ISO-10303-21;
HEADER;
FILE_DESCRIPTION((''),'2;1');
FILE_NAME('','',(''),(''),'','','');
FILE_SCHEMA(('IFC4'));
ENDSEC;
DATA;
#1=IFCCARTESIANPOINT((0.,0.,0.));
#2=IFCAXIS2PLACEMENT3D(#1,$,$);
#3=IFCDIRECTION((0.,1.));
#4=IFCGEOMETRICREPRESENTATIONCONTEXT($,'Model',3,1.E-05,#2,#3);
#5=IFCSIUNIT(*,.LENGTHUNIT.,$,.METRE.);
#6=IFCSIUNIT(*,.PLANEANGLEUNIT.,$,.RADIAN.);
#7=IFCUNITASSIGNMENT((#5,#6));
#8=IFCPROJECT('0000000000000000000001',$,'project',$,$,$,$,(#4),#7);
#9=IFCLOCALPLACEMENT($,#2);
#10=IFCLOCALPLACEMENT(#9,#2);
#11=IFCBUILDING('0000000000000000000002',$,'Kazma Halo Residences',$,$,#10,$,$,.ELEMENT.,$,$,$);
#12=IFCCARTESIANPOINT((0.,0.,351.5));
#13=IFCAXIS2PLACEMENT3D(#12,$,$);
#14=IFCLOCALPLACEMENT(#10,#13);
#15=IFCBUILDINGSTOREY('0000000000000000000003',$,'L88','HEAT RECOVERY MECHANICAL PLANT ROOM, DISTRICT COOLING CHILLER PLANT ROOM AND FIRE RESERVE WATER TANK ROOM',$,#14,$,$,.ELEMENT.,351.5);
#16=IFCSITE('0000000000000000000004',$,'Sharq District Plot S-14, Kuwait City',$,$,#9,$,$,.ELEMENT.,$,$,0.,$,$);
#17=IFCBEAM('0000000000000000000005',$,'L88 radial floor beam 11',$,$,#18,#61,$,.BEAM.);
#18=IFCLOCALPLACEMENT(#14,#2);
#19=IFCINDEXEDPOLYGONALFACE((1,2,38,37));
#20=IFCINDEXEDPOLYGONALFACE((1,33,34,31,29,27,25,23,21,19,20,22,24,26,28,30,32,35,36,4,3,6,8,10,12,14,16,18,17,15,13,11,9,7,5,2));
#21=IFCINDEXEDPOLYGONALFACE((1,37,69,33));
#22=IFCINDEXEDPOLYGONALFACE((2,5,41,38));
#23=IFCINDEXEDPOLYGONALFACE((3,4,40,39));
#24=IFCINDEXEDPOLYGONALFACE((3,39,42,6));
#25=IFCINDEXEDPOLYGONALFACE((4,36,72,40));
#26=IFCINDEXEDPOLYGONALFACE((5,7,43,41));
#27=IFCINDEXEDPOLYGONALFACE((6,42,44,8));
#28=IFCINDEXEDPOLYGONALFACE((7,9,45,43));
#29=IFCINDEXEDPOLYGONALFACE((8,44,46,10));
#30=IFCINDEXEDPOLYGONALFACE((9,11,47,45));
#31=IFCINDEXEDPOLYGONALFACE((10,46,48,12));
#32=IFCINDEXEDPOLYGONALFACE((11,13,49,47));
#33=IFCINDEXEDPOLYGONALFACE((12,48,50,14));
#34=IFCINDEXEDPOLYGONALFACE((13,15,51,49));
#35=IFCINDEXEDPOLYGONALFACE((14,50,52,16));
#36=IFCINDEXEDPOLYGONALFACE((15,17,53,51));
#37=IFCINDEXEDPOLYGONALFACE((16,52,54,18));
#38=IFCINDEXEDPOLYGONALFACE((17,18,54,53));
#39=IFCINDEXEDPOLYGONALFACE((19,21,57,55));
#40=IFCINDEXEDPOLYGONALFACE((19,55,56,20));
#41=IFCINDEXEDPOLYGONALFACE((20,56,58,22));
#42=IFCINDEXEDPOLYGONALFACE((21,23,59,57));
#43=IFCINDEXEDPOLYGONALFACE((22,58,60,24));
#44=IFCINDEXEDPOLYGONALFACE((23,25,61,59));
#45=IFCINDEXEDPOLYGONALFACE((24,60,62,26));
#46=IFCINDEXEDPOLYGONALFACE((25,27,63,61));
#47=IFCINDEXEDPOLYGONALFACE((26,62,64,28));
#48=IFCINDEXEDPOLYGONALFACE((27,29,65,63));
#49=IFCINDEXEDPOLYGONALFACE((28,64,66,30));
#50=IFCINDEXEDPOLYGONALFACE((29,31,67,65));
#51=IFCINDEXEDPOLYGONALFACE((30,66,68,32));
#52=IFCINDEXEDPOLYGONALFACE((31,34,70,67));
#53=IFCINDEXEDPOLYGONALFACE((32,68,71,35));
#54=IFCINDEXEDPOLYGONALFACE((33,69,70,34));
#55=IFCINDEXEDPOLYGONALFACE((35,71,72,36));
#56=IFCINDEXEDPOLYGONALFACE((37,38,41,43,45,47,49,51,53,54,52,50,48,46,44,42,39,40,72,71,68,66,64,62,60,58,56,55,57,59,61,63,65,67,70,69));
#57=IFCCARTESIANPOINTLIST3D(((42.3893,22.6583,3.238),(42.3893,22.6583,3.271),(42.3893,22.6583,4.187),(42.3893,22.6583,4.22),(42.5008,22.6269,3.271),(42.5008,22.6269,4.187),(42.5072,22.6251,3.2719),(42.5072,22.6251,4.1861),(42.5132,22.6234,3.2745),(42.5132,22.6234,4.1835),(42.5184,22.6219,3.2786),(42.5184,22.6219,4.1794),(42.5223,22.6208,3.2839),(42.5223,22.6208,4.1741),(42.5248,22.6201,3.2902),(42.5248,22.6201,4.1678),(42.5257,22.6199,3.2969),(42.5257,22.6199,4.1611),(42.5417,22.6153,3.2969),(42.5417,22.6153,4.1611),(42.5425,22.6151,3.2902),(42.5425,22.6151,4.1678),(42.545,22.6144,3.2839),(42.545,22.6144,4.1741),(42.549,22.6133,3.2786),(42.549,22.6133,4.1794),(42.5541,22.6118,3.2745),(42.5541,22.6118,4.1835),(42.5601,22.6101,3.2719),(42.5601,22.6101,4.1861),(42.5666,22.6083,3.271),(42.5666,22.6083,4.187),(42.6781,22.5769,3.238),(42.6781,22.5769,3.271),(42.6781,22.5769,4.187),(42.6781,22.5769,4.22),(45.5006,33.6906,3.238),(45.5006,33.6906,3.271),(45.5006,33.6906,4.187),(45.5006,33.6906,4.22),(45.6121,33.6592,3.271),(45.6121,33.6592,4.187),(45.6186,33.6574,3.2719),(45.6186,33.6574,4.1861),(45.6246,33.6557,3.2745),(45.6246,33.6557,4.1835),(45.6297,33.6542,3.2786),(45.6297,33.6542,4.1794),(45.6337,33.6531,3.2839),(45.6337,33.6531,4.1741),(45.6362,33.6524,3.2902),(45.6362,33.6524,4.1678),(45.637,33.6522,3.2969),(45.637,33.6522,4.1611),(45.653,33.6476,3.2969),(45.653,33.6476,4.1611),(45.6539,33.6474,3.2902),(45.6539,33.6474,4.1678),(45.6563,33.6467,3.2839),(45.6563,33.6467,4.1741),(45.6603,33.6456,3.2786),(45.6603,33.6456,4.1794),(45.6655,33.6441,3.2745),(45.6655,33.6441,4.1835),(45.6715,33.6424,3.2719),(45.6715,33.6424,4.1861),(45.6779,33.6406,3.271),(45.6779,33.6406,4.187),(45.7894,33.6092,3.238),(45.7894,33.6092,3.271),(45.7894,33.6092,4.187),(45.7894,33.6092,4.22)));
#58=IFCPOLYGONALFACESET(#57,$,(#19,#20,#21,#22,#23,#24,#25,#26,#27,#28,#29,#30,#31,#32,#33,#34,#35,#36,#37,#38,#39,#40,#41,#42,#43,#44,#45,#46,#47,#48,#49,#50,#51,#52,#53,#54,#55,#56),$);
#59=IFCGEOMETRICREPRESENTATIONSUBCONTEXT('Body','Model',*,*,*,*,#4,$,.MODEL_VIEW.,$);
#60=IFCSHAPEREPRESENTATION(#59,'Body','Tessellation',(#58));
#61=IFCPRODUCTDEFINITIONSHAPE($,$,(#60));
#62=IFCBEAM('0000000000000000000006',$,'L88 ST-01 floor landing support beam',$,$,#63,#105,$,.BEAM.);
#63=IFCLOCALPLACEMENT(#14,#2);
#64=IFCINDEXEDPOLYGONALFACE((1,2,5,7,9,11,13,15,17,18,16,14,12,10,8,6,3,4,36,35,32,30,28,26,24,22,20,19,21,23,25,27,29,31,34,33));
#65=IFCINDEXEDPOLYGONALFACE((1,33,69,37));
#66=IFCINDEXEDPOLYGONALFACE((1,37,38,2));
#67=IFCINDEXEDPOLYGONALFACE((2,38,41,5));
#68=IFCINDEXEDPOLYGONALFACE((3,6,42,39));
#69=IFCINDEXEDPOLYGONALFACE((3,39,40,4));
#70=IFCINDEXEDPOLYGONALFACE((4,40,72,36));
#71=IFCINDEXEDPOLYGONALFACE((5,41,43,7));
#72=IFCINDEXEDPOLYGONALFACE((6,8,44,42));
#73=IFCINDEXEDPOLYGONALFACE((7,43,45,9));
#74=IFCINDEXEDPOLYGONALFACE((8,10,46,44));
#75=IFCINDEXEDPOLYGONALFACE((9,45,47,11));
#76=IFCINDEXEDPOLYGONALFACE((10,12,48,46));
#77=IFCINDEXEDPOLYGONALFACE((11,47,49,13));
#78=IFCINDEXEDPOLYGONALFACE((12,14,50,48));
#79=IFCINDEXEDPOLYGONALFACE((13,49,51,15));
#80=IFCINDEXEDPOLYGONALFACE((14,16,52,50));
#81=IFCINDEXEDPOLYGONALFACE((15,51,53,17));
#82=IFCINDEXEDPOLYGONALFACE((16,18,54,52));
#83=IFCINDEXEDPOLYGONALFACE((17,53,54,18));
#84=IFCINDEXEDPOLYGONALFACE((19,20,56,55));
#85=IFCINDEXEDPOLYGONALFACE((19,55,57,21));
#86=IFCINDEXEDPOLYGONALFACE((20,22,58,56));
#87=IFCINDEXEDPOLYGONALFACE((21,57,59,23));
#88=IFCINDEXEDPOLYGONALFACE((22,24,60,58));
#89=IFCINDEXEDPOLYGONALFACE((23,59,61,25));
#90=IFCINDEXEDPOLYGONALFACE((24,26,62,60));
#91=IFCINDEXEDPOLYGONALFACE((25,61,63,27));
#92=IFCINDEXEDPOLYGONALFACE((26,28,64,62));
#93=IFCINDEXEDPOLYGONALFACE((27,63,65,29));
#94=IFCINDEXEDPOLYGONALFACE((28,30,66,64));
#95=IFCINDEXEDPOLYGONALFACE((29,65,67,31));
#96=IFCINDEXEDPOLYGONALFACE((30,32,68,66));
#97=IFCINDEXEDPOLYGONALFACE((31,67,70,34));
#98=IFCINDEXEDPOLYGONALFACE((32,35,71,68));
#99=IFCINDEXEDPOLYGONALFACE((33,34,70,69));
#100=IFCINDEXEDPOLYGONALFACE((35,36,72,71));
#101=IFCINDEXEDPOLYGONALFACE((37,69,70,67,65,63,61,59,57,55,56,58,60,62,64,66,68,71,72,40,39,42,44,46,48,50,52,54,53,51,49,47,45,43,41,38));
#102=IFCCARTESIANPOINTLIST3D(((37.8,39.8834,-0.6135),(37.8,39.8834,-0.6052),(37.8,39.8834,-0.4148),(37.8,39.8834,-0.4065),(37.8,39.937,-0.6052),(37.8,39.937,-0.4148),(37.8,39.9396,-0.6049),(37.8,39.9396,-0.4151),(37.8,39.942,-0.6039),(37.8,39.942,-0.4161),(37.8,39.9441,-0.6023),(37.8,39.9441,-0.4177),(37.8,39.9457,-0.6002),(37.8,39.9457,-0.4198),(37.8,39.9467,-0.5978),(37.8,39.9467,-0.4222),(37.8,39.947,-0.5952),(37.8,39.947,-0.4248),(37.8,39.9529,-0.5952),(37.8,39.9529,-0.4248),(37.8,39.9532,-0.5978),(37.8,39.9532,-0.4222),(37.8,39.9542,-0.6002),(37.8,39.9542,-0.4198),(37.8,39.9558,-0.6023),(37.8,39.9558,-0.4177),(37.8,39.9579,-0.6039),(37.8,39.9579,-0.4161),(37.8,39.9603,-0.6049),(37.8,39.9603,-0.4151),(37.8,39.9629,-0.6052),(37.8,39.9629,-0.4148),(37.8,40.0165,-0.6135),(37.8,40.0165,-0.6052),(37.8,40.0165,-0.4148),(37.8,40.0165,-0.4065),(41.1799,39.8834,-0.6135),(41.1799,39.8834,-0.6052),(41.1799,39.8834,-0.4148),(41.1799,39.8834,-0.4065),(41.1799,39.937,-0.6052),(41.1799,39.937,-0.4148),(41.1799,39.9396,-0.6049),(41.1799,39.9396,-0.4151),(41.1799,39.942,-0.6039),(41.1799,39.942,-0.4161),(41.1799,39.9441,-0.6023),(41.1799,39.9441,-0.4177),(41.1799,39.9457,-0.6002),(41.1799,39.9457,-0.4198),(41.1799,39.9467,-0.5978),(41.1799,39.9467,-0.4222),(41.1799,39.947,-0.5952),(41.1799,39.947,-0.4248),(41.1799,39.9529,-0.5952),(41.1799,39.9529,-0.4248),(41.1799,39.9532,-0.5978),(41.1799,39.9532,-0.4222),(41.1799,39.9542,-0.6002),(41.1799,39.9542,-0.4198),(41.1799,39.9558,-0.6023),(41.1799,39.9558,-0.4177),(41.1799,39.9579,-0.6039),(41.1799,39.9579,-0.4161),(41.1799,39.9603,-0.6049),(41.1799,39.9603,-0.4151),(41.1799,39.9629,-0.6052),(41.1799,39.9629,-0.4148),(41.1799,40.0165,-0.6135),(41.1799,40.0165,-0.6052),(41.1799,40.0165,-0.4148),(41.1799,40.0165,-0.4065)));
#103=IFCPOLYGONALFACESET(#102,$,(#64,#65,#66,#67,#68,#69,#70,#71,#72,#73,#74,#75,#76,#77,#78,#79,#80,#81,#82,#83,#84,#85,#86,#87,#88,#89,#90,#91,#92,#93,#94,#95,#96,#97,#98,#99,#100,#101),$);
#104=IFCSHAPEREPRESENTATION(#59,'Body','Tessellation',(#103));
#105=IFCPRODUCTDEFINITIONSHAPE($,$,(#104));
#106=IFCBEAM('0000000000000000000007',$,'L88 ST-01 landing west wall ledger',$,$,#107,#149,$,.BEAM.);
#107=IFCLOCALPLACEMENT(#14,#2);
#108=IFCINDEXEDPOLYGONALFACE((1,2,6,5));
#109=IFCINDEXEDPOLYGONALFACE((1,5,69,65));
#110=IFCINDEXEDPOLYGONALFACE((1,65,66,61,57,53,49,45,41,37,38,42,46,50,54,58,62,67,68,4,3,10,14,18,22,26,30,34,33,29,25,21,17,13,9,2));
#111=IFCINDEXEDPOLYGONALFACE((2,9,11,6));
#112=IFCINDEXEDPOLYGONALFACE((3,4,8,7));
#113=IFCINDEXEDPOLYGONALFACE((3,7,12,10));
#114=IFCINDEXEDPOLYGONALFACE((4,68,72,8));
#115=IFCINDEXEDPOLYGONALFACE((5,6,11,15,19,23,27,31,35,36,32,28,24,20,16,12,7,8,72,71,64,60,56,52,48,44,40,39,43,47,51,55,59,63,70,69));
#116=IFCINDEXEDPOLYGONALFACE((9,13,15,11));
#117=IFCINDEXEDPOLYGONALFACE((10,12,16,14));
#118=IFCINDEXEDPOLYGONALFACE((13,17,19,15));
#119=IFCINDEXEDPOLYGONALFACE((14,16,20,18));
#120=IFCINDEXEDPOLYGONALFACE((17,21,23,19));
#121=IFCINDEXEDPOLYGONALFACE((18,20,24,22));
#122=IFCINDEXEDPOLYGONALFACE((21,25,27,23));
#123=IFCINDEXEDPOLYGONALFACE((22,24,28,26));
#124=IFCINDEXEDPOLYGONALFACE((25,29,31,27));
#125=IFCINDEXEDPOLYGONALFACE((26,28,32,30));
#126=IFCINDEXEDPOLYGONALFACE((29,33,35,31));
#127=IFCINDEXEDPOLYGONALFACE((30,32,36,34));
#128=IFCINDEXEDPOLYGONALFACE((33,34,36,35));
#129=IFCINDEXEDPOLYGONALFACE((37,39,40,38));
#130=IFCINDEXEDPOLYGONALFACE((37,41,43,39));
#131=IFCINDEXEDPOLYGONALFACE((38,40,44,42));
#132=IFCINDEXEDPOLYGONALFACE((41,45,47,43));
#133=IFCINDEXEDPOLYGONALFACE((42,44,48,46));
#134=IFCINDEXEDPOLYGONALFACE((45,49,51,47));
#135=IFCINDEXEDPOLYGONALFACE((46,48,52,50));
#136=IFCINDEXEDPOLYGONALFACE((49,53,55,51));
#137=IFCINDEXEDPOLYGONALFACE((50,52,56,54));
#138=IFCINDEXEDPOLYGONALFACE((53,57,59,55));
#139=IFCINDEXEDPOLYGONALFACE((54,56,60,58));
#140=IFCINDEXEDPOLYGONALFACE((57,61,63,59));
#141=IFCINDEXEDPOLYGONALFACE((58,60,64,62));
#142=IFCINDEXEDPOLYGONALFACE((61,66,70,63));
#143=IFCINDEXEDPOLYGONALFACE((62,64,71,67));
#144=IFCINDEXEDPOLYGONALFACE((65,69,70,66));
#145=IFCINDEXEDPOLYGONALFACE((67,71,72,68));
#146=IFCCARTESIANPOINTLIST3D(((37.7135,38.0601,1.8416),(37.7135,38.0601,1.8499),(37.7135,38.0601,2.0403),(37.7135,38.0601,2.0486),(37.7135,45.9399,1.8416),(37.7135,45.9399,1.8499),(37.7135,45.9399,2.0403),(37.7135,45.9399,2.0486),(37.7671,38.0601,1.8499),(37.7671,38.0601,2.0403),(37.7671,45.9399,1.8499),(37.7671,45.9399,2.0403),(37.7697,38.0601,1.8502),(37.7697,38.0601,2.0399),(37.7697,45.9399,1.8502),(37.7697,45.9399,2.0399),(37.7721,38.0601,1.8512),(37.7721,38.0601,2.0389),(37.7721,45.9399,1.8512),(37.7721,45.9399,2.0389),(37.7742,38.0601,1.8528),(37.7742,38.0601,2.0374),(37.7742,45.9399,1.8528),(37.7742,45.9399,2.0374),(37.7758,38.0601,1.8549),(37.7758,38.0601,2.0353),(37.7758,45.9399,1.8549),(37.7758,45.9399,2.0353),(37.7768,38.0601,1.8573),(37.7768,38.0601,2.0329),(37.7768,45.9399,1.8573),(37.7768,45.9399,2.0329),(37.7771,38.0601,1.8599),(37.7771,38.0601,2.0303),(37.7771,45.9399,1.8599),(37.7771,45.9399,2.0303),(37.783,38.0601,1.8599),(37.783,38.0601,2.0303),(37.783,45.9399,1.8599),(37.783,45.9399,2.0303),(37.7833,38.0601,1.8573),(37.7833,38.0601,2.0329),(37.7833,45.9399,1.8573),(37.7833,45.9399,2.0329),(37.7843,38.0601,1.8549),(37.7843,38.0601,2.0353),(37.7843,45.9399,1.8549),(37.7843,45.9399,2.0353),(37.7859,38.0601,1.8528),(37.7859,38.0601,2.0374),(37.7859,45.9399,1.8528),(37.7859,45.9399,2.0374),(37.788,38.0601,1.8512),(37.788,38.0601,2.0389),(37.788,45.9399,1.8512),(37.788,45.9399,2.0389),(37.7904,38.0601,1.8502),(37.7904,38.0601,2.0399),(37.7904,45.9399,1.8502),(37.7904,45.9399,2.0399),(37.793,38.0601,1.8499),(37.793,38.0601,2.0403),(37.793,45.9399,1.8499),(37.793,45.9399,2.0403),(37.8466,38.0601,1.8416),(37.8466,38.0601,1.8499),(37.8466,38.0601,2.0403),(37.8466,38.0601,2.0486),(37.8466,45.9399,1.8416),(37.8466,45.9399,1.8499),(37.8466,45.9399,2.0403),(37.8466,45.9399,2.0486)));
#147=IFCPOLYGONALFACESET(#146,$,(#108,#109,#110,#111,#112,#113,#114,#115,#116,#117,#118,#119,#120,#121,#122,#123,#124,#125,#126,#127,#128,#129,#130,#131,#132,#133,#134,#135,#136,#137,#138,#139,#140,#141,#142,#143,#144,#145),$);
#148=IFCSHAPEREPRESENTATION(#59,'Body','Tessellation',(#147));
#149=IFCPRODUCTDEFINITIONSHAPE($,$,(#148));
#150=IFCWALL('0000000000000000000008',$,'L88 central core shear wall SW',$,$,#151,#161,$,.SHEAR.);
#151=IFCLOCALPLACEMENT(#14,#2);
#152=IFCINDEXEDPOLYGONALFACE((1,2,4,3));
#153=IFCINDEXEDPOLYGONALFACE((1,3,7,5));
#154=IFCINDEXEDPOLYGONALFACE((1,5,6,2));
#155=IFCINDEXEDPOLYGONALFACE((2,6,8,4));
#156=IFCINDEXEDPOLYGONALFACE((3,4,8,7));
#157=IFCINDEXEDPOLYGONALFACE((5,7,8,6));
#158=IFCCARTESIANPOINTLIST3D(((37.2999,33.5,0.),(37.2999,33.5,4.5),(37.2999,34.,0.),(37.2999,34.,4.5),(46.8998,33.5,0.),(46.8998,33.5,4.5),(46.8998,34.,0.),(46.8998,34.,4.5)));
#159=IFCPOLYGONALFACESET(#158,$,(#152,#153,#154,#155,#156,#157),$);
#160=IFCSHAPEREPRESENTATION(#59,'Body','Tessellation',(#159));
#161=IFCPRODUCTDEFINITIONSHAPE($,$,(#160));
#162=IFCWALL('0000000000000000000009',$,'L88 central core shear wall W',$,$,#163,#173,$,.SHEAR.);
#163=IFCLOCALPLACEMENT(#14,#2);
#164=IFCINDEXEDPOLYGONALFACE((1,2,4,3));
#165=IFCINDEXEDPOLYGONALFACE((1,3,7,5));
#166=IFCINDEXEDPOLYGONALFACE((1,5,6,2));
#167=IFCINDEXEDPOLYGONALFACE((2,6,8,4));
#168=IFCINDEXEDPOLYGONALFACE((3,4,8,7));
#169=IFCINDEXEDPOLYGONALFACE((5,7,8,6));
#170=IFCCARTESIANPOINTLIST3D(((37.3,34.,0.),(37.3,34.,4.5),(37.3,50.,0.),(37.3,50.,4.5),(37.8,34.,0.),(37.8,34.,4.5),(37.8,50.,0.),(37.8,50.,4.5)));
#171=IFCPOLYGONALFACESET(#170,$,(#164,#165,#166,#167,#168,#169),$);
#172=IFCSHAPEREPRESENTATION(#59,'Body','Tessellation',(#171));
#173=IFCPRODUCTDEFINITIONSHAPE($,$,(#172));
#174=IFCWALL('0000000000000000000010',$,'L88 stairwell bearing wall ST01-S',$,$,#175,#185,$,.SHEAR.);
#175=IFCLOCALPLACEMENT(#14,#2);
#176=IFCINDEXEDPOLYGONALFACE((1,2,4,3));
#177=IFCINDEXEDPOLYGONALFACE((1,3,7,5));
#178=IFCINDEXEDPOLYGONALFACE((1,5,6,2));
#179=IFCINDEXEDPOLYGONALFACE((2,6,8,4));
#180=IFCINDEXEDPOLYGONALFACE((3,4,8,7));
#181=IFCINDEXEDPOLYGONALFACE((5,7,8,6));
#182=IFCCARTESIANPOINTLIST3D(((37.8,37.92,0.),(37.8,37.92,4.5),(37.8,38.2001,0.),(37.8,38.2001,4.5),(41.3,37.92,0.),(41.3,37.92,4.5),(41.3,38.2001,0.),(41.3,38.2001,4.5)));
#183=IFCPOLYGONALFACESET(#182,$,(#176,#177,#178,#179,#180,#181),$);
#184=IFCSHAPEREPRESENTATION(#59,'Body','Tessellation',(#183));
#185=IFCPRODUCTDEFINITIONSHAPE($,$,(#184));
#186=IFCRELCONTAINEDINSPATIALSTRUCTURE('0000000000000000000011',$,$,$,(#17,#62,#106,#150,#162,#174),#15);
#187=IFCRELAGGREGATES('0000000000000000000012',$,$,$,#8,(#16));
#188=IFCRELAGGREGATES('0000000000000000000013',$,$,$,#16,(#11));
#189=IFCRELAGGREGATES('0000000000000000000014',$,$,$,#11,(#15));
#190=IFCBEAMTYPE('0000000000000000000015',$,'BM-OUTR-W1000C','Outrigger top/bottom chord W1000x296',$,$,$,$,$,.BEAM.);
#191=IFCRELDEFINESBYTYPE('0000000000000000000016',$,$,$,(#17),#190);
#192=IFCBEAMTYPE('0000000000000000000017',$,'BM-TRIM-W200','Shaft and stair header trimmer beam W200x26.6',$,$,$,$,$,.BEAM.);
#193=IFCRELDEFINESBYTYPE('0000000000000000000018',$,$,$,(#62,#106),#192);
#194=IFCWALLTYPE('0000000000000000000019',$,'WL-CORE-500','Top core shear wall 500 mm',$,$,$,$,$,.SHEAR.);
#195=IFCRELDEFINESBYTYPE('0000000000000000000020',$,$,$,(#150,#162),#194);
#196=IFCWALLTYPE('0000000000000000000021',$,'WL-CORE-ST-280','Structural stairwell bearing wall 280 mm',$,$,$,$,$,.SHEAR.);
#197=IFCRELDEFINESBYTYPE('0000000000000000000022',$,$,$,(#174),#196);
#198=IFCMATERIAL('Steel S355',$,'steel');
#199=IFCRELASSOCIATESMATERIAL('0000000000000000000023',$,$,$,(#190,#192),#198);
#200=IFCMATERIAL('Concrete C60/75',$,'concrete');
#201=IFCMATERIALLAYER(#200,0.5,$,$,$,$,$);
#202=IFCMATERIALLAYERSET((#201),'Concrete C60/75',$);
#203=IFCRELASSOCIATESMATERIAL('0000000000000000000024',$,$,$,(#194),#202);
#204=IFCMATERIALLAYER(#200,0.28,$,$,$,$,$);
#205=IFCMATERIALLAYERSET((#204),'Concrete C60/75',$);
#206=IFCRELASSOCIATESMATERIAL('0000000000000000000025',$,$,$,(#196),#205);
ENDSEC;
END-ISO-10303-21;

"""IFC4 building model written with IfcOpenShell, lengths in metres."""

from ifc_helpers import new_model, si_unit, direction, frame, frame_2d, origin, origin_2d, place, context, subcontext, project, spatial, rectangle, i_section, extrude, material, layer, layer_set, material_profile, profile_set, type_object, element, save


model = new_model("IFC4")

# Units and contexts
model_context = context("Model", 3, precision=1e-05, world=origin(), true_north=direction((0.0, 1.0)))
body_context = subcontext(model_context, "Body", "Model", "MODEL_VIEW")
ifc_project = project(units=[si_unit("LENGTHUNIT", "METRE"), si_unit("PLANEANGLEUNIT", "RADIAN")], contexts=[model_context])

# Site, building, storey
site_placement = place(None, origin())
site = spatial("IfcSite", under=ifc_project, at=site_placement, Name="Sharq District Plot S-14, Kuwait City", CompositionType="ELEMENT", RefElevation=0.0)
building_placement = place(site_placement, origin())
building = spatial("IfcBuilding", under=site, at=building_placement, Name="Kazma Halo Residences", CompositionType="ELEMENT")
storey_placement = place(building_placement, frame((0.0, 0.0, 351.5)))
storey = spatial("IfcBuildingStorey", under=building, at=storey_placement, Name="L88", Description="HEAT RECOVERY MECHANICAL PLANT ROOM, DISTRICT COOLING CHILLER PLANT ROOM AND FIRE RESERVE WATER TANK ROOM", CompositionType="ELEMENT", Elevation=351.5)

# Beams
ifc_material_1 = material(Name="Steel S355", Category="steel")
ifc_material_profile_1 = material_profile(ifc_material_1, i_section(OverallWidth=0.3, OverallDepth=0.9819, WebThickness=0.0166, FlangeThickness=0.033, FilletRadius=0.0259, at=origin_2d()), Name="W1000x296")
ifc_profile_set_1 = profile_set([ifc_material_profile_1], Name="Steel S355")
beam_type_1 = type_object("IfcBeamType", Name="BM-OUTR-W1000C", Description="Outrigger top/bottom chord W1000x296", PredefinedType="BEAM", material=ifc_profile_set_1)
beam_1_placement = place(storey_placement, frame((45.645, 33.6499, 3.729), z_axis=(-0.271434, -0.962457, 0.0), x_axis=(0.962457, -0.271434, 0.0)))
element("IfcBeam", 1, at=beam_1_placement, inside=storey, type_object=beam_type_1, Name="L88 radial floor beam 11", PredefinedType="BEAM", context=body_context, shape_type="SweptSolid", body=[
    extrude(i_section(OverallWidth=0.3, OverallDepth=0.9819, WebThickness=0.0166, FlangeThickness=0.033, FilletRadius=0.0259, at=origin_2d()), origin(), (0.0, 0.0, 1.0), 11.4626),
])
ifc_material_profile_2 = material_profile(ifc_material_1, i_section(OverallWidth=0.1331, OverallDepth=0.207, WebThickness=0.0059, FlangeThickness=0.0083, FilletRadius=0.01, at=origin_2d()), Name="W200x26.6")
ifc_profile_set_2 = profile_set([ifc_material_profile_2], Name="Steel S355")
beam_type_2 = type_object("IfcBeamType", Name="BM-TRIM-W200", Description="Shaft and stair header trimmer beam W200x26.6", PredefinedType="BEAM", material=ifc_profile_set_2)
beam_2_placement = place(storey_placement, frame((37.8, 39.95, -0.51), z_axis=(1.0, 0.0, 0.0), x_axis=(0.0, 1.0, 0.0)))
element("IfcBeam", 2, at=beam_2_placement, inside=storey, type_object=beam_type_2, Name="L88 ST-01 floor landing support beam", PredefinedType="BEAM", context=body_context, shape_type="SweptSolid", body=[
    extrude(i_section(OverallWidth=0.1331, OverallDepth=0.207, WebThickness=0.0059, FlangeThickness=0.0083, FilletRadius=0.01, at=origin_2d()), origin(), (0.0, 0.0, 1.0), 3.3799),
])
beam_3_placement = place(storey_placement, frame((37.78, 38.0601, 1.9451), z_axis=(0.0, 1.0, 0.0), x_axis=(-1.0, 0.0, 0.0)))
element("IfcBeam", 3, at=beam_3_placement, inside=storey, type_object=beam_type_2, Name="L88 ST-01 landing west wall ledger", PredefinedType="BEAM", context=body_context, shape_type="SweptSolid", body=[
    extrude(i_section(OverallWidth=0.1331, OverallDepth=0.207, WebThickness=0.0059, FlangeThickness=0.0083, FilletRadius=0.01, at=origin_2d()), origin(), (0.0, 0.0, 1.0), 7.8799),
])

# Walls
ifc_material_2 = material(Name="Concrete C60/75", Category="concrete")
ifc_layer_1 = layer(ifc_material_2, 0.5)
ifc_layer_set_1 = layer_set([ifc_layer_1], Name="Concrete C60/75")
wall_type_1 = type_object("IfcWallType", Name="WL-CORE-500", Description="Top core shear wall 500 mm", PredefinedType="SHEAR", material=ifc_layer_set_1)
wall_1_placement = place(storey_placement, frame((37.3, 33.75, 0.0), z_axis=(0.0, 0.0, 1.0), x_axis=(1.0, 0.0, 0.0)))
element("IfcWall", 4, at=wall_1_placement, inside=storey, type_object=wall_type_1, Name="L88 central core shear wall SW", PredefinedType="SHEAR", context=body_context, shape_type="SweptSolid", body=[
    extrude(rectangle(XDim=9.5999, YDim=0.5, at=frame_2d((4.7998, 0.0))), origin(), (0.0, 0.0, 1.0), 4.5),
])
wall_2_placement = place(storey_placement, frame((37.55, 34.0, 0.0), z_axis=(0.0, 0.0, 1.0), x_axis=(0.0, 1.0, 0.0)))
element("IfcWall", 5, at=wall_2_placement, inside=storey, type_object=wall_type_1, Name="L88 central core shear wall W", PredefinedType="SHEAR", context=body_context, shape_type="SweptSolid", body=[
    extrude(rectangle(XDim=16.0, YDim=0.5, at=frame_2d((8.0, 0.0))), origin(), (0.0, 0.0, 1.0), 4.5),
])
ifc_layer_2 = layer(ifc_material_2, 0.28)
ifc_layer_set_2 = layer_set([ifc_layer_2], Name="Concrete C60/75")
wall_type_2 = type_object("IfcWallType", Name="WL-CORE-ST-280", Description="Structural stairwell bearing wall 280 mm", PredefinedType="SHEAR", material=ifc_layer_set_2)
wall_3_placement = place(storey_placement, frame((37.8, 38.0601, 0.0), z_axis=(0.0, 0.0, 1.0), x_axis=(1.0, 0.0, 0.0)))
element("IfcWall", 6, at=wall_3_placement, inside=storey, type_object=wall_type_2, Name="L88 stairwell bearing wall ST01-S", PredefinedType="SHEAR", context=body_context, shape_type="SweptSolid", body=[
    extrude(rectangle(XDim=3.5, YDim=0.28, at=frame_2d((1.75, 0.0))), origin(), (0.0, 0.0, 1.0), 4.5),
])

save(model, "model.ifc")
